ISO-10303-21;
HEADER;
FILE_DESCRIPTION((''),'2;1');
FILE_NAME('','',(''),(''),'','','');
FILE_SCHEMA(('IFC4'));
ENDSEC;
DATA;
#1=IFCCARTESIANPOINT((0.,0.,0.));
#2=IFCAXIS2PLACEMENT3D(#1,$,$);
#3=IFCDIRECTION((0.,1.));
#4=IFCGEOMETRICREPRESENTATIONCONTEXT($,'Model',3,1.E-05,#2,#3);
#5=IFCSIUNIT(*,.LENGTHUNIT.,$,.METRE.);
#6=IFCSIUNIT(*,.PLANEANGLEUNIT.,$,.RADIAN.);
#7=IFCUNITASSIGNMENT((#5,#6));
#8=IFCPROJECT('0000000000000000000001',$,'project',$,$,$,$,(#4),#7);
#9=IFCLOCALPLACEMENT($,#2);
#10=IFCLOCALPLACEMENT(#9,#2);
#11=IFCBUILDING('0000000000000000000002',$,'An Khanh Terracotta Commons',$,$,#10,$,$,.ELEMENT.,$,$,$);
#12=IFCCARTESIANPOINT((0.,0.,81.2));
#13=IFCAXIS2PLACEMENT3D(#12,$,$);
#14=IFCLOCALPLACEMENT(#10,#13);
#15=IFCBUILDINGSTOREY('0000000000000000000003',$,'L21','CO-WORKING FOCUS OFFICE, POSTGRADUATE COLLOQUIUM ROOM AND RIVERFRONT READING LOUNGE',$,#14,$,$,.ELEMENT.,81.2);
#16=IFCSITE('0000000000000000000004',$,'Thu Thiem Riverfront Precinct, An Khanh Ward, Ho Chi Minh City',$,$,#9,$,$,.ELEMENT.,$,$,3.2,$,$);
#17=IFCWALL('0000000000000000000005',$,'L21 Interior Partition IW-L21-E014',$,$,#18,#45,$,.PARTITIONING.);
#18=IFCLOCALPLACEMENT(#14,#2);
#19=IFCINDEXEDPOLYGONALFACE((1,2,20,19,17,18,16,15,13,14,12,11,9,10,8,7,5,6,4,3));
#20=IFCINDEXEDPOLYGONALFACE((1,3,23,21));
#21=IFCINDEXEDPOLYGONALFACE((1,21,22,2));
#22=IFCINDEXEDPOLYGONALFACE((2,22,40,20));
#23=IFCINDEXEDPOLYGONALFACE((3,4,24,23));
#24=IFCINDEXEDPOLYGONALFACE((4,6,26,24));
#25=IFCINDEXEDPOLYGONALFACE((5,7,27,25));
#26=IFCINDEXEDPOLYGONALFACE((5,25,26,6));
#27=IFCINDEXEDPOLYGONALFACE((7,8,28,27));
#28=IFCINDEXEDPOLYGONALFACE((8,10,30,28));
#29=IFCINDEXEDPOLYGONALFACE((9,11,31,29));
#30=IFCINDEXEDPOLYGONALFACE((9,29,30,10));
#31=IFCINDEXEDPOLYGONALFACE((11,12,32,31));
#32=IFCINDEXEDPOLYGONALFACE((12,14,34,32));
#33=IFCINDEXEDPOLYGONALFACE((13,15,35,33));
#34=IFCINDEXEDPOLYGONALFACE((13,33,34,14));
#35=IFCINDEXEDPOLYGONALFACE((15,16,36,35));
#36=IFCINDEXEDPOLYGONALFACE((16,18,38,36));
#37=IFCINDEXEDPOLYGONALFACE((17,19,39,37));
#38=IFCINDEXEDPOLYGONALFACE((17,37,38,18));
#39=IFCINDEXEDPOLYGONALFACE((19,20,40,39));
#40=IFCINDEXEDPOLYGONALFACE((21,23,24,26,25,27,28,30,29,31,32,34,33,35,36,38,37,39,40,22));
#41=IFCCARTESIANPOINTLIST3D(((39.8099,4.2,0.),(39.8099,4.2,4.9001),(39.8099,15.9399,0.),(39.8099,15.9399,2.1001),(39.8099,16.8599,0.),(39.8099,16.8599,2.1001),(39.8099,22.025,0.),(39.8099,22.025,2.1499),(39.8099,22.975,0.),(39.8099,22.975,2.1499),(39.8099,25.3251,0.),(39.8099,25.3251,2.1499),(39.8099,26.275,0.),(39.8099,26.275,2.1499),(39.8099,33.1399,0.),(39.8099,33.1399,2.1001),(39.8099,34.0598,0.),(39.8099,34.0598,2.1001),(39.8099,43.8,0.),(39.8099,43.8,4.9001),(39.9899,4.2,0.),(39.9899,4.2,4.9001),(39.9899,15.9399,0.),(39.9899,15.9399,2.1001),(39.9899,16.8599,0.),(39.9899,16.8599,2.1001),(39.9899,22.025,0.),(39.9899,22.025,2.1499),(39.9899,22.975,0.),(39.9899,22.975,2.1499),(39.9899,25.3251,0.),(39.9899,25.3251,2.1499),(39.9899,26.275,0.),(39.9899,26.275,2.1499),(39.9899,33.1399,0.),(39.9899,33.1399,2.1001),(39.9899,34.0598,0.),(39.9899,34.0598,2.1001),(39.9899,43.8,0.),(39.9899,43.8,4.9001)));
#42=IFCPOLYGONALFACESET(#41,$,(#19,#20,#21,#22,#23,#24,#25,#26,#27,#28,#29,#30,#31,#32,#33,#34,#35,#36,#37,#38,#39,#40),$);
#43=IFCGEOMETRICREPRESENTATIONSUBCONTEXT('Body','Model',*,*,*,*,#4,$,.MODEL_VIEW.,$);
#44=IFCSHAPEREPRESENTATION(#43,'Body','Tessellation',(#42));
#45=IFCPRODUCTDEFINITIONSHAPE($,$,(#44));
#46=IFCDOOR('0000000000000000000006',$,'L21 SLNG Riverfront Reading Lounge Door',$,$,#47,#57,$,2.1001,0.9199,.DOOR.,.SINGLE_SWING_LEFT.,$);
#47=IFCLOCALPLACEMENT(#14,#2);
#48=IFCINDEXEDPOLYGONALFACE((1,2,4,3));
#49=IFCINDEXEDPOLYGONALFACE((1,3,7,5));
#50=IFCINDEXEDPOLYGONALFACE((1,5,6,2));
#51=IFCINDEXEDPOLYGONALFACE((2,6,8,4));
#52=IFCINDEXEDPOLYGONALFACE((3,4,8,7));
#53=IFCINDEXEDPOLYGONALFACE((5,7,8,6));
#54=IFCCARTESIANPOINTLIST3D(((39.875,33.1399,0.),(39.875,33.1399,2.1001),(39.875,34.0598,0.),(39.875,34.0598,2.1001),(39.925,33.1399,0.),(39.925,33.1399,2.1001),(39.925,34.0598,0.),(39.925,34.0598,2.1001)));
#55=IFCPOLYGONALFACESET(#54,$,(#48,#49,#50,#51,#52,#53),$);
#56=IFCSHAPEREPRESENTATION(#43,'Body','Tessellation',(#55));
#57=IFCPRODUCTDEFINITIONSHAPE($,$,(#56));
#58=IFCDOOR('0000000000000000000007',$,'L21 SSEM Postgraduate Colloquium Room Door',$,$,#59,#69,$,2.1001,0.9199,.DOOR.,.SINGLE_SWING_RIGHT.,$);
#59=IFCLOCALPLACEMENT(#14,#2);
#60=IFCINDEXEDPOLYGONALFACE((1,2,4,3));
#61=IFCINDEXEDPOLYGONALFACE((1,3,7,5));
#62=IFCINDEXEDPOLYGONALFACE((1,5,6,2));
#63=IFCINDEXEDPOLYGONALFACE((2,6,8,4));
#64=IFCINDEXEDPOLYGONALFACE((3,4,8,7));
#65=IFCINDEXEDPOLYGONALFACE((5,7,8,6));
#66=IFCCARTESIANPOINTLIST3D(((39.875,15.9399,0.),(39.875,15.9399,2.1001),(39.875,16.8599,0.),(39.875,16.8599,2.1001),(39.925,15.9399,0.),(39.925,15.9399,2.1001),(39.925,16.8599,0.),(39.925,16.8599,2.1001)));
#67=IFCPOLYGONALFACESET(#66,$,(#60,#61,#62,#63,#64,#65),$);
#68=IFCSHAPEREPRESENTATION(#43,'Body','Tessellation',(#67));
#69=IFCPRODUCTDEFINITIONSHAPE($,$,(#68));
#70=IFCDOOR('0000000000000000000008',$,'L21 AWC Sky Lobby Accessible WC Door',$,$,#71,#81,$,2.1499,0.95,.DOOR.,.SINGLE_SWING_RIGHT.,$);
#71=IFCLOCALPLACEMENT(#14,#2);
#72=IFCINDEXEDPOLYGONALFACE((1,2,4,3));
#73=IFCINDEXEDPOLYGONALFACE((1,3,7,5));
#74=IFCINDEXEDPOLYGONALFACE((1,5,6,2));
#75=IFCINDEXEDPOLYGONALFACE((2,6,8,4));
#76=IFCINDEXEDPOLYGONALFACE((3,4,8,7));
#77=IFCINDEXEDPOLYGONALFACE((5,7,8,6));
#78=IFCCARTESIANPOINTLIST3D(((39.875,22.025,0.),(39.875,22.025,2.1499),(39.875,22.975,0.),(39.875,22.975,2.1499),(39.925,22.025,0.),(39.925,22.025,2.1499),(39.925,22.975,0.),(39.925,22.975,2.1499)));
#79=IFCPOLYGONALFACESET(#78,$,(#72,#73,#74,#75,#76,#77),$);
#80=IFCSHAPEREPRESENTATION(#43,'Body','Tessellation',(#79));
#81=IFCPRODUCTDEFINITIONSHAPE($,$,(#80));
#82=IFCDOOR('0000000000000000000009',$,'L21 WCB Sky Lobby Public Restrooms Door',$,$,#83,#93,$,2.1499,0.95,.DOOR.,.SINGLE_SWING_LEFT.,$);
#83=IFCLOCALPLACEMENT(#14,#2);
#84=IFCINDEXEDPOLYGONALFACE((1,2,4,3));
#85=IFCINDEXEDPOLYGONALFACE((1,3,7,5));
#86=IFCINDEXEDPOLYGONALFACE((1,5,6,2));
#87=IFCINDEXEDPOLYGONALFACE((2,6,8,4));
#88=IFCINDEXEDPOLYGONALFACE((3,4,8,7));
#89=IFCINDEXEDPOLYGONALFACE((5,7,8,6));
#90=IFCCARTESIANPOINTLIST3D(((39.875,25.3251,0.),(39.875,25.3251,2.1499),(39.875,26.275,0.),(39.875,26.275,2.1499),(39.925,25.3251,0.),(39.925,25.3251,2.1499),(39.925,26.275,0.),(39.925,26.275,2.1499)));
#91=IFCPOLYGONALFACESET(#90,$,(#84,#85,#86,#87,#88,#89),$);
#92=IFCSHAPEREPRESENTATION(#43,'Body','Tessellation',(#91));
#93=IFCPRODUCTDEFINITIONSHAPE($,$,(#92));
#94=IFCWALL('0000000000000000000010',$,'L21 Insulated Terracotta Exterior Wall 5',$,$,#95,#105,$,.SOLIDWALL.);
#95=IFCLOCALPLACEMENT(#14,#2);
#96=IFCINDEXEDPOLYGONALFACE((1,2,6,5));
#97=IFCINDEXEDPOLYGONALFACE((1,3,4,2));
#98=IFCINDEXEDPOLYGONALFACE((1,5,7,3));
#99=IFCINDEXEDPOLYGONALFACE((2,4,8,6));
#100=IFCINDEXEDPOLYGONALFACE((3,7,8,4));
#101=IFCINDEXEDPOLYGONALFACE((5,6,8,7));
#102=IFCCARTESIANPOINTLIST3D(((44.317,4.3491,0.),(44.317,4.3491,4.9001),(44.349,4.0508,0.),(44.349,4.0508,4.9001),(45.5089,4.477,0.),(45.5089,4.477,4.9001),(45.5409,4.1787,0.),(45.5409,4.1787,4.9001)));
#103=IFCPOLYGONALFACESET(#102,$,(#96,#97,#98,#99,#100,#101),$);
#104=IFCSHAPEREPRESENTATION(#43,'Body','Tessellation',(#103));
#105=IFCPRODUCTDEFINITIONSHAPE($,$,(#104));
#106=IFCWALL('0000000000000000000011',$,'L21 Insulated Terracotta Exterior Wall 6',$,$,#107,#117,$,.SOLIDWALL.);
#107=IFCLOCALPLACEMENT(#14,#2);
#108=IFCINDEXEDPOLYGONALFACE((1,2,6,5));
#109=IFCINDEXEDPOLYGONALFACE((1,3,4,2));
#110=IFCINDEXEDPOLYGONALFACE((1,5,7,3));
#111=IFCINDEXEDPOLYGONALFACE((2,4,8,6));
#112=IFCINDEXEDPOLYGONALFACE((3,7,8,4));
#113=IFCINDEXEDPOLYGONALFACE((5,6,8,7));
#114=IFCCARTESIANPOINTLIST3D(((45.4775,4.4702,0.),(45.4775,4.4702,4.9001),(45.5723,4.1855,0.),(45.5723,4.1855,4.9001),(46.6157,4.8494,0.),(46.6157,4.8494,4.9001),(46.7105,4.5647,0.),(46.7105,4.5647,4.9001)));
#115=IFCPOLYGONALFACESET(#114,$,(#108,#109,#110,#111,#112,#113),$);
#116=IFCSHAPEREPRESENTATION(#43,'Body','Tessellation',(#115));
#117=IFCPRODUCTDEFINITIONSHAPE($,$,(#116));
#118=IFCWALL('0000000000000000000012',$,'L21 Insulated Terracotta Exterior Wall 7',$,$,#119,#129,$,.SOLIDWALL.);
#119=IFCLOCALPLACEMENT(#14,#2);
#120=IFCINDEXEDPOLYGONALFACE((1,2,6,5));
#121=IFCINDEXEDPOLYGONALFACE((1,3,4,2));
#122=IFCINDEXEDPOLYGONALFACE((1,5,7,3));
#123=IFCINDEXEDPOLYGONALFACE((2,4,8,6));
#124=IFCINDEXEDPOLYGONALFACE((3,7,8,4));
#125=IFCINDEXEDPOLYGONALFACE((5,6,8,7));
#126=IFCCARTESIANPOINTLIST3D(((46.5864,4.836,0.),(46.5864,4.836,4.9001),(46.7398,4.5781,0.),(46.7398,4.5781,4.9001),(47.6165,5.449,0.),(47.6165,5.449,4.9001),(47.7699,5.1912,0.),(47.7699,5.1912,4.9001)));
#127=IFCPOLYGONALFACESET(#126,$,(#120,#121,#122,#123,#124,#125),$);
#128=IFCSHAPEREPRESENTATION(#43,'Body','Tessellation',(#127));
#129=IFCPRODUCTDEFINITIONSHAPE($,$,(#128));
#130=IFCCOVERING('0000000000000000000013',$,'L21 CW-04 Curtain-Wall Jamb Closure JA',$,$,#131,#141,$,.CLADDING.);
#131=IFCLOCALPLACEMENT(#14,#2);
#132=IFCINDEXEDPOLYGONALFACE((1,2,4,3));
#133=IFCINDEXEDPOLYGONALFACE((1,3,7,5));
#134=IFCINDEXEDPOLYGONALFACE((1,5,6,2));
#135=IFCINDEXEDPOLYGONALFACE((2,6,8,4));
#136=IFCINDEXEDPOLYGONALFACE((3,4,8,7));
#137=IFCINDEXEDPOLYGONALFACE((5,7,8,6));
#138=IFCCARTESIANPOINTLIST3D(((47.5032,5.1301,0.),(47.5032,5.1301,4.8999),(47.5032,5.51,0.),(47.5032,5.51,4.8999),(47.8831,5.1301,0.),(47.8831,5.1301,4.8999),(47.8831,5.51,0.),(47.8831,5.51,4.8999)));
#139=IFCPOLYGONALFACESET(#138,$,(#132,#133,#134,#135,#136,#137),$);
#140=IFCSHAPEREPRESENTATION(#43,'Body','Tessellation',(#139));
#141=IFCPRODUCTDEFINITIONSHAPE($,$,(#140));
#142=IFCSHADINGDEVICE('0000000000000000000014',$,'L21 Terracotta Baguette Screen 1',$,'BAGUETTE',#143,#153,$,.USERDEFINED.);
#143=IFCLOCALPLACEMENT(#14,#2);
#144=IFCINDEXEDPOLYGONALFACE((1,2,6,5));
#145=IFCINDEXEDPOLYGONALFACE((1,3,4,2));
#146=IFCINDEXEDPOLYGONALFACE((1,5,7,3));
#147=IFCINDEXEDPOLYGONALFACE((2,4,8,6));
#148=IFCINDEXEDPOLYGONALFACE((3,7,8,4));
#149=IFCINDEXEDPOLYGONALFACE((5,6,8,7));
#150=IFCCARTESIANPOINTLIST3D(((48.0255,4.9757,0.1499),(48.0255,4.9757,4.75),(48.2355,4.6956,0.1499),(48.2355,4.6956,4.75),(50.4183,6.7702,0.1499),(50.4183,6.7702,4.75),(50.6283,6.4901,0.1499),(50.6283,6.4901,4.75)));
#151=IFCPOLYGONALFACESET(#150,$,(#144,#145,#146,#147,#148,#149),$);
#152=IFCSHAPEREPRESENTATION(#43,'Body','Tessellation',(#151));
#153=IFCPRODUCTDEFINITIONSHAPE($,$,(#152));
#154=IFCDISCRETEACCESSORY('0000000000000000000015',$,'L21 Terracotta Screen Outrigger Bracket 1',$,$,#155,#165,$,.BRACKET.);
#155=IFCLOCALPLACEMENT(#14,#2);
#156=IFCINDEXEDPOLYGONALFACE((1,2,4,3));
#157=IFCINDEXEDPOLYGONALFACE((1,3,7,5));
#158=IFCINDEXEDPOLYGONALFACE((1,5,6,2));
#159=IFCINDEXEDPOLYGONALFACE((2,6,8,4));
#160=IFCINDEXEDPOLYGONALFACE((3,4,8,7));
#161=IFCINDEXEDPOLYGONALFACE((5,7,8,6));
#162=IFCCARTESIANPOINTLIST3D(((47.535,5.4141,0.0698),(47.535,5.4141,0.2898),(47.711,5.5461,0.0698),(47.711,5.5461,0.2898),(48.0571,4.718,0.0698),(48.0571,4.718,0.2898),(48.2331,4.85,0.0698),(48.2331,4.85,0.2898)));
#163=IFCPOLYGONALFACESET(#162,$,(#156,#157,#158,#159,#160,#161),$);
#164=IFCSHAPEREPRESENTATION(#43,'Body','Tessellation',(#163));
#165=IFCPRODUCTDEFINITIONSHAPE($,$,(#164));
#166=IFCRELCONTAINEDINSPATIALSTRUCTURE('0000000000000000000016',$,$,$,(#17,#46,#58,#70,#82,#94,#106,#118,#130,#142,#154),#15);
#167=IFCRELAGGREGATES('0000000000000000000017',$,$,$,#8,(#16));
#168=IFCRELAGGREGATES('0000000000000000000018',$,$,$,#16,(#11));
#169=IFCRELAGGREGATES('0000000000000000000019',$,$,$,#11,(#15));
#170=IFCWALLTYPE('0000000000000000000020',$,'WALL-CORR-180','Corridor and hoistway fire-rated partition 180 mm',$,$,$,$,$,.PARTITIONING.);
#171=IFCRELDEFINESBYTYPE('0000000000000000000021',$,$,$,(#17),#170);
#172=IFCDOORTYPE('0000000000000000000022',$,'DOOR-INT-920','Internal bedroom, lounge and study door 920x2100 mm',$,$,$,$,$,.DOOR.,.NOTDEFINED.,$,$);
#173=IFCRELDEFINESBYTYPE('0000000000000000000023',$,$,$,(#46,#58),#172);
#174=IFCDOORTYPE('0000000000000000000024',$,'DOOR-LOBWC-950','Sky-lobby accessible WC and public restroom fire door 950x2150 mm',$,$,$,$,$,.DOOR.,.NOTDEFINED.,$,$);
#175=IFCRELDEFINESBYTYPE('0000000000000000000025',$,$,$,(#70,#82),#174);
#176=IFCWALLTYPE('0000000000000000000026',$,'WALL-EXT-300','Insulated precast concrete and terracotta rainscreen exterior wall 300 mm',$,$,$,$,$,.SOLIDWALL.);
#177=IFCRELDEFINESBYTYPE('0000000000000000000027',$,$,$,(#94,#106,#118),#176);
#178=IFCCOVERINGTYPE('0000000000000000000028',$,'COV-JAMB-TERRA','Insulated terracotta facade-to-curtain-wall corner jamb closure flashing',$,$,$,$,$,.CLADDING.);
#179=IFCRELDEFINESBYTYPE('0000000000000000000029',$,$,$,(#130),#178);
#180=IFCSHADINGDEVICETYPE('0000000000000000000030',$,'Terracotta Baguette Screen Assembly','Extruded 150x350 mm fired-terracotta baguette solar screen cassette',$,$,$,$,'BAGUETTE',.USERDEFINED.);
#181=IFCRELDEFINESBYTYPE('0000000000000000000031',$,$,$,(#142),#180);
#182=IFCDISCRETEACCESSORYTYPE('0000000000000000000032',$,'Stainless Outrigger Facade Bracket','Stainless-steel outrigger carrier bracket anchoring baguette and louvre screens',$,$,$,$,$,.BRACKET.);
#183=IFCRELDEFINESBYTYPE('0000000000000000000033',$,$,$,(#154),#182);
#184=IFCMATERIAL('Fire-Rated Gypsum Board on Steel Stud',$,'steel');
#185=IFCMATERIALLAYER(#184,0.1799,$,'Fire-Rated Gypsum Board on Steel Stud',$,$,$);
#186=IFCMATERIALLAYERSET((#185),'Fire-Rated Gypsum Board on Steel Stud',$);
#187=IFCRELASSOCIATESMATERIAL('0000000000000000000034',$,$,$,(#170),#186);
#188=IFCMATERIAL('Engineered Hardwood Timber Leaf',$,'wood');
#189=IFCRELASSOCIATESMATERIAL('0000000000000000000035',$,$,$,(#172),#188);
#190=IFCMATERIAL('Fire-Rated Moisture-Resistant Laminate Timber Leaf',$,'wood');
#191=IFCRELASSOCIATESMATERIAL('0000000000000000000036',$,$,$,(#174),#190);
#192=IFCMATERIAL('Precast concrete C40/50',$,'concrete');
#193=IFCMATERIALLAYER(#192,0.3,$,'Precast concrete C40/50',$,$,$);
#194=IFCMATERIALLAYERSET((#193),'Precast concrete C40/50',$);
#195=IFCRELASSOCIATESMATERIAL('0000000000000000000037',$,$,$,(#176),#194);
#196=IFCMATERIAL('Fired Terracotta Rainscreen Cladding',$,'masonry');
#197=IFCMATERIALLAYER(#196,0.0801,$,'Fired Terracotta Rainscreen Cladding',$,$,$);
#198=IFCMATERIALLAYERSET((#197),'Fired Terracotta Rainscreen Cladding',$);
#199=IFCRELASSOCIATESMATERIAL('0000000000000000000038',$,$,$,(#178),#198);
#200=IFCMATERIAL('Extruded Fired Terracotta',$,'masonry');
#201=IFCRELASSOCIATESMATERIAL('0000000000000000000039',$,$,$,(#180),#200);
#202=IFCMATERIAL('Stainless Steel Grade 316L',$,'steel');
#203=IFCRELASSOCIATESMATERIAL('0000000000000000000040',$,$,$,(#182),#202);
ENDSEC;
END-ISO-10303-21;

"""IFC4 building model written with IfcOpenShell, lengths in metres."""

from ifc_helpers import new_model, si_unit, direction, frame, frame_2d, origin, origin_2d, place, context, subcontext, project, spatial, rectangle, extrude, material, layer, layer_set, type_object, element, fill, save


model = new_model("IFC4")

# Units and contexts
model_context = context("Model", 3, precision=1e-05, world=origin(), true_north=direction((0.0, 1.0)))
body_context = subcontext(model_context, "Body", "Model", "MODEL_VIEW")
ifc_project = project(units=[si_unit("LENGTHUNIT", "METRE"), si_unit("PLANEANGLEUNIT", "RADIAN")], contexts=[model_context])

# Site, building, storey
site_placement = place(None, origin())
site = spatial("IfcSite", under=ifc_project, at=site_placement, Name="Thu Thiem Riverfront Precinct, An Khanh Ward, Ho Chi Minh City", CompositionType="ELEMENT", RefElevation=3.2)
building_placement = place(site_placement, origin())
building = spatial("IfcBuilding", under=site, at=building_placement, Name="An Khanh Terracotta Commons", CompositionType="ELEMENT")
storey_placement = place(building_placement, frame((0.0, 0.0, 81.2)))
storey = spatial("IfcBuildingStorey", under=building, at=storey_placement, Name="L21", Description="CO-WORKING FOCUS OFFICE, POSTGRADUATE COLLOQUIUM ROOM AND RIVERFRONT READING LOUNGE", CompositionType="ELEMENT", Elevation=81.2)

# Wall, openings, doors
ifc_material_1 = material(Name="Fire-Rated Gypsum Board on Steel Stud", Category="steel")
ifc_layer_1 = layer(ifc_material_1, 0.1799, Name="Fire-Rated Gypsum Board on Steel Stud")
ifc_layer_set_1 = layer_set([ifc_layer_1], Name="Fire-Rated Gypsum Board on Steel Stud")
wall_type_1 = type_object("IfcWallType", Name="WALL-CORR-180", Description="Corridor and hoistway fire-rated partition 180 mm", PredefinedType="PARTITIONING", material=ifc_layer_set_1)
wall_1_placement = place(storey_placement, frame((39.8999, 4.2, 0.0), z_axis=(0.0, 0.0, 1.0), x_axis=(0.0, 1.0, 0.0)))
wall_1 = element("IfcWall", 1, at=wall_1_placement, inside=storey, type_object=wall_type_1, Name="L21 Interior Partition IW-L21-E014", PredefinedType="PARTITIONING", context=body_context, shape_type="SweptSolid", body=[
    extrude(rectangle(XDim=39.6001, YDim=0.1799, at=frame_2d((19.8, 0.0))), origin(), (0.0, 0.0, 1.0), 4.9001),
])
opening_1_placement = place(wall_1_placement, frame((17.825, 0.0, 0.0)))
opening_1 = element("IfcOpeningElement", 2, at=opening_1_placement, cuts=wall_1, PredefinedType="OPENING", context=body_context, shape_type="SweptSolid", body=[
    extrude(rectangle(XDim=0.95, YDim=2.1499, at=frame_2d((0.4751, 1.075))), frame((0.0, 0.0999, 0.0), z_axis=(0.0, -1.0, 0.0), x_axis=(1.0, 0.0, 0.0)), (0.0, 0.0, 1.0), 0.2),
])
opening_2_placement = place(wall_1_placement, frame((21.125, 0.0, 0.0)))
opening_2 = element("IfcOpeningElement", 3, at=opening_2_placement, cuts=wall_1, PredefinedType="OPENING", context=body_context, shape_type="SweptSolid", body=[
    extrude(rectangle(XDim=0.95, YDim=2.1499, at=frame_2d((0.4751, 1.075))), frame((0.0, 0.0999, 0.0), z_axis=(0.0, -1.0, 0.0), x_axis=(1.0, 0.0, 0.0)), (0.0, 0.0, 1.0), 0.2),
])
opening_3_placement = place(wall_1_placement, frame((28.9399, 0.0, 0.0)))
opening_3 = element("IfcOpeningElement", 4, at=opening_3_placement, cuts=wall_1, PredefinedType="OPENING", context=body_context, shape_type="SweptSolid", body=[
    extrude(rectangle(XDim=0.9199, YDim=2.1001, at=frame_2d((0.46, 1.05))), frame((0.0, 0.0999, 0.0), z_axis=(0.0, -1.0, 0.0), x_axis=(1.0, 0.0, 0.0)), (0.0, 0.0, 1.0), 0.2),
])
opening_4_placement = place(wall_1_placement, frame((11.74, 0.0, 0.0)))
opening_4 = element("IfcOpeningElement", 5, at=opening_4_placement, cuts=wall_1, PredefinedType="OPENING", context=body_context, shape_type="SweptSolid", body=[
    extrude(rectangle(XDim=0.9199, YDim=2.1001, at=frame_2d((0.46, 1.05))), frame((0.0, 0.0999, 0.0), z_axis=(0.0, -1.0, 0.0), x_axis=(1.0, 0.0, 0.0)), (0.0, 0.0, 1.0), 0.2),
])
ifc_material_2 = material(Name="Engineered Hardwood Timber Leaf", Category="wood")
door_type_1 = type_object("IfcDoorType", Name="DOOR-INT-920", Description="Internal bedroom, lounge and study door 920x2100 mm", OperationType="NOTDEFINED", PredefinedType="DOOR", material=ifc_material_2)
door_1_placement = place(opening_3_placement, origin())
door_1 = element("IfcDoor", 6, at=door_1_placement, inside=storey, type_object=door_type_1, Name="L21 SLNG Riverfront Reading Lounge Door", OperationType="SINGLE_SWING_LEFT", OverallHeight=2.1001, OverallWidth=0.9199, PredefinedType="DOOR", context=body_context, shape_type="SweptSolid", body=[
    extrude(rectangle(XDim=0.9199, YDim=2.1001, at=frame_2d((0.46, 1.05))), frame((0.0, 0.0249, 0.0), z_axis=(0.0, -1.0, 0.0), x_axis=(1.0, 0.0, 0.0)), (0.0, 0.0, 1.0), 0.05),
])
fill(opening_3, door_1)
door_2_placement = place(opening_4_placement, origin())
door_2 = element("IfcDoor", 7, at=door_2_placement, inside=storey, type_object=door_type_1, Name="L21 SSEM Postgraduate Colloquium Room Door", OperationType="SINGLE_SWING_RIGHT", OverallHeight=2.1001, OverallWidth=0.9199, PredefinedType="DOOR", context=body_context, shape_type="SweptSolid", body=[
    extrude(rectangle(XDim=0.9199, YDim=2.1001, at=frame_2d((0.46, 1.05))), frame((0.0, 0.0249, 0.0), z_axis=(0.0, -1.0, 0.0), x_axis=(1.0, 0.0, 0.0)), (0.0, 0.0, 1.0), 0.05),
])
fill(opening_4, door_2)
ifc_material_3 = material(Name="Fire-Rated Moisture-Resistant Laminate Timber Leaf", Category="wood")
door_type_2 = type_object("IfcDoorType", Name="DOOR-LOBWC-950", Description="Sky-lobby accessible WC and public restroom fire door 950x2150 mm", OperationType="NOTDEFINED", PredefinedType="DOOR", material=ifc_material_3)
door_3_placement = place(opening_1_placement, origin())
door_3 = element("IfcDoor", 8, at=door_3_placement, inside=storey, type_object=door_type_2, Name="L21 AWC Sky Lobby Accessible WC Door", OperationType="SINGLE_SWING_RIGHT", OverallHeight=2.1499, OverallWidth=0.95, PredefinedType="DOOR", context=body_context, shape_type="SweptSolid", body=[
    extrude(rectangle(XDim=0.95, YDim=2.1499, at=frame_2d((0.4751, 1.075))), frame((0.0, 0.0249, 0.0), z_axis=(0.0, -1.0, 0.0), x_axis=(1.0, 0.0, 0.0)), (0.0, 0.0, 1.0), 0.05),
])
fill(opening_1, door_3)
door_4_placement = place(opening_2_placement, origin())
door_4 = element("IfcDoor", 9, at=door_4_placement, inside=storey, type_object=door_type_2, Name="L21 WCB Sky Lobby Public Restrooms Door", OperationType="SINGLE_SWING_LEFT", OverallHeight=2.1499, OverallWidth=0.95, PredefinedType="DOOR", context=body_context, shape_type="SweptSolid", body=[
    extrude(rectangle(XDim=0.95, YDim=2.1499, at=frame_2d((0.4751, 1.075))), frame((0.0, 0.0249, 0.0), z_axis=(0.0, -1.0, 0.0), x_axis=(1.0, 0.0, 0.0)), (0.0, 0.0, 1.0), 0.05),
])
fill(opening_2, door_4)

# Walls
ifc_material_4 = material(Name="Precast concrete C40/50", Category="concrete")
ifc_layer_2 = layer(ifc_material_4, 0.3, Name="Precast concrete C40/50")
ifc_layer_set_2 = layer_set([ifc_layer_2], Name="Precast concrete C40/50")
wall_type_2 = type_object("IfcWallType", Name="WALL-EXT-300", Description="Insulated precast concrete and terracotta rainscreen exterior wall 300 mm", PredefinedType="SOLIDWALL", material=ifc_layer_set_2)
wall_2_placement = place(storey_placement, frame((44.333, 4.2, 0.0), z_axis=(0.0, 0.0, 1.0), x_axis=(0.994289, 0.10672, 0.0)))
element("IfcWall", 10, at=wall_2_placement, inside=storey, type_object=wall_type_2, Name="L21 Insulated Terracotta Exterior Wall 5", PredefinedType="SOLIDWALL", context=body_context, shape_type="SweptSolid", body=[
    extrude(rectangle(XDim=1.1987, YDim=0.3, at=frame_2d((0.5994, 0.0))), origin(), (0.0, 0.0, 1.0), 4.9001),
])
wall_3_placement = place(storey_placement, frame((45.5249, 4.3279, 0.0), z_axis=(0.0, 0.0, 1.0), x_axis=(0.948744, 0.316045, 0.0)))
element("IfcWall", 11, at=wall_3_placement, inside=storey, type_object=wall_type_2, Name="L21 Insulated Terracotta Exterior Wall 6", PredefinedType="SOLIDWALL", context=body_context, shape_type="SweptSolid", body=[
    extrude(rectangle(XDim=1.1997, YDim=0.3, at=frame_2d((0.5999, 0.0))), origin(), (0.0, 0.0, 1.0), 4.9001),
])
wall_4_placement = place(storey_placement, frame((46.6631, 4.707, 0.0), z_axis=(0.0, 0.0, 1.0), x_axis=(0.859321, 0.511437, 0.0)))
element("IfcWall", 12, at=wall_4_placement, inside=storey, type_object=wall_type_2, Name="L21 Insulated Terracotta Exterior Wall 7", PredefinedType="SOLIDWALL", context=body_context, shape_type="SweptSolid", body=[
    extrude(rectangle(XDim=1.1987, YDim=0.3, at=frame_2d((0.5994, 0.0))), origin(), (0.0, 0.0, 1.0), 4.9001),
])

# Covering
ifc_material_5 = material(Name="Fired Terracotta Rainscreen Cladding", Category="masonry")
ifc_layer_3 = layer(ifc_material_5, 0.0801, Name="Fired Terracotta Rainscreen Cladding")
ifc_layer_set_3 = layer_set([ifc_layer_3], Name="Fired Terracotta Rainscreen Cladding")
covering_type = type_object("IfcCoveringType", Name="COV-JAMB-TERRA", Description="Insulated terracotta facade-to-curtain-wall corner jamb closure flashing", PredefinedType="CLADDING", material=ifc_layer_set_3)
covering_placement = place(storey_placement, frame((47.6931, 5.3201, 0.0), z_axis=(0.0, 0.0, 1.0), x_axis=(1.0, 0.0, 0.0)))
element("IfcCovering", 13, at=covering_placement, inside=storey, type_object=covering_type, Name="L21 CW-04 Curtain-Wall Jamb Closure JA", PredefinedType="CLADDING", context=body_context, shape_type="SweptSolid", body=[
    extrude(rectangle(XDim=0.3799, YDim=0.3799, at=origin_2d()), origin(), (0.0, 0.0, 1.0), 4.8999),
])

# Shading device
ifc_material_6 = material(Name="Extruded Fired Terracotta", Category="masonry")
shading_device_type = type_object("IfcShadingDeviceType", Name="Terracotta Baguette Screen Assembly", Description="Extruded 150x350 mm fired-terracotta baguette solar screen cassette", ElementType="BAGUETTE", PredefinedType="USERDEFINED", material=ifc_material_6)
shading_device_placement = place(storey_placement, frame((49.3269, 5.7329, 0.1499), z_axis=(0.0, 0.0, 1.0), x_axis=(0.800013, 0.599983, 0.0)))
element("IfcShadingDevice", 14, at=shading_device_placement, inside=storey, type_object=shading_device_type, Name="L21 Terracotta Baguette Screen 1", ObjectType="BAGUETTE", PredefinedType="USERDEFINED", context=body_context, shape_type="SweptSolid", body=[
    extrude(rectangle(XDim=2.991, YDim=0.3501, at=origin_2d()), origin(), (0.0, 0.0, 1.0), 4.6001),
])

# Discrete accessory
ifc_material_7 = material(Name="Stainless Steel Grade 316L", Category="steel")
discrete_accessory_type = type_object("IfcDiscreteAccessoryType", Name="Stainless Outrigger Facade Bracket", Description="Stainless-steel outrigger carrier bracket anchoring baguette and louvre screens", PredefinedType="BRACKET", material=ifc_material_7)
discrete_accessory_placement = place(storey_placement, frame((47.884, 5.1321, 0.0698), z_axis=(0.0, 0.0, 1.0), x_axis=(0.800013, 0.599983, 0.0)))
element("IfcDiscreteAccessory", 15, at=discrete_accessory_placement, inside=storey, type_object=discrete_accessory_type, Name="L21 Terracotta Screen Outrigger Bracket 1", PredefinedType="BRACKET", context=body_context, shape_type="SweptSolid", body=[
    extrude(rectangle(XDim=0.22, YDim=0.8701, at=origin_2d()), origin(), (0.0, 0.0, 1.0), 0.22),
])

save(model, "model.ifc")
